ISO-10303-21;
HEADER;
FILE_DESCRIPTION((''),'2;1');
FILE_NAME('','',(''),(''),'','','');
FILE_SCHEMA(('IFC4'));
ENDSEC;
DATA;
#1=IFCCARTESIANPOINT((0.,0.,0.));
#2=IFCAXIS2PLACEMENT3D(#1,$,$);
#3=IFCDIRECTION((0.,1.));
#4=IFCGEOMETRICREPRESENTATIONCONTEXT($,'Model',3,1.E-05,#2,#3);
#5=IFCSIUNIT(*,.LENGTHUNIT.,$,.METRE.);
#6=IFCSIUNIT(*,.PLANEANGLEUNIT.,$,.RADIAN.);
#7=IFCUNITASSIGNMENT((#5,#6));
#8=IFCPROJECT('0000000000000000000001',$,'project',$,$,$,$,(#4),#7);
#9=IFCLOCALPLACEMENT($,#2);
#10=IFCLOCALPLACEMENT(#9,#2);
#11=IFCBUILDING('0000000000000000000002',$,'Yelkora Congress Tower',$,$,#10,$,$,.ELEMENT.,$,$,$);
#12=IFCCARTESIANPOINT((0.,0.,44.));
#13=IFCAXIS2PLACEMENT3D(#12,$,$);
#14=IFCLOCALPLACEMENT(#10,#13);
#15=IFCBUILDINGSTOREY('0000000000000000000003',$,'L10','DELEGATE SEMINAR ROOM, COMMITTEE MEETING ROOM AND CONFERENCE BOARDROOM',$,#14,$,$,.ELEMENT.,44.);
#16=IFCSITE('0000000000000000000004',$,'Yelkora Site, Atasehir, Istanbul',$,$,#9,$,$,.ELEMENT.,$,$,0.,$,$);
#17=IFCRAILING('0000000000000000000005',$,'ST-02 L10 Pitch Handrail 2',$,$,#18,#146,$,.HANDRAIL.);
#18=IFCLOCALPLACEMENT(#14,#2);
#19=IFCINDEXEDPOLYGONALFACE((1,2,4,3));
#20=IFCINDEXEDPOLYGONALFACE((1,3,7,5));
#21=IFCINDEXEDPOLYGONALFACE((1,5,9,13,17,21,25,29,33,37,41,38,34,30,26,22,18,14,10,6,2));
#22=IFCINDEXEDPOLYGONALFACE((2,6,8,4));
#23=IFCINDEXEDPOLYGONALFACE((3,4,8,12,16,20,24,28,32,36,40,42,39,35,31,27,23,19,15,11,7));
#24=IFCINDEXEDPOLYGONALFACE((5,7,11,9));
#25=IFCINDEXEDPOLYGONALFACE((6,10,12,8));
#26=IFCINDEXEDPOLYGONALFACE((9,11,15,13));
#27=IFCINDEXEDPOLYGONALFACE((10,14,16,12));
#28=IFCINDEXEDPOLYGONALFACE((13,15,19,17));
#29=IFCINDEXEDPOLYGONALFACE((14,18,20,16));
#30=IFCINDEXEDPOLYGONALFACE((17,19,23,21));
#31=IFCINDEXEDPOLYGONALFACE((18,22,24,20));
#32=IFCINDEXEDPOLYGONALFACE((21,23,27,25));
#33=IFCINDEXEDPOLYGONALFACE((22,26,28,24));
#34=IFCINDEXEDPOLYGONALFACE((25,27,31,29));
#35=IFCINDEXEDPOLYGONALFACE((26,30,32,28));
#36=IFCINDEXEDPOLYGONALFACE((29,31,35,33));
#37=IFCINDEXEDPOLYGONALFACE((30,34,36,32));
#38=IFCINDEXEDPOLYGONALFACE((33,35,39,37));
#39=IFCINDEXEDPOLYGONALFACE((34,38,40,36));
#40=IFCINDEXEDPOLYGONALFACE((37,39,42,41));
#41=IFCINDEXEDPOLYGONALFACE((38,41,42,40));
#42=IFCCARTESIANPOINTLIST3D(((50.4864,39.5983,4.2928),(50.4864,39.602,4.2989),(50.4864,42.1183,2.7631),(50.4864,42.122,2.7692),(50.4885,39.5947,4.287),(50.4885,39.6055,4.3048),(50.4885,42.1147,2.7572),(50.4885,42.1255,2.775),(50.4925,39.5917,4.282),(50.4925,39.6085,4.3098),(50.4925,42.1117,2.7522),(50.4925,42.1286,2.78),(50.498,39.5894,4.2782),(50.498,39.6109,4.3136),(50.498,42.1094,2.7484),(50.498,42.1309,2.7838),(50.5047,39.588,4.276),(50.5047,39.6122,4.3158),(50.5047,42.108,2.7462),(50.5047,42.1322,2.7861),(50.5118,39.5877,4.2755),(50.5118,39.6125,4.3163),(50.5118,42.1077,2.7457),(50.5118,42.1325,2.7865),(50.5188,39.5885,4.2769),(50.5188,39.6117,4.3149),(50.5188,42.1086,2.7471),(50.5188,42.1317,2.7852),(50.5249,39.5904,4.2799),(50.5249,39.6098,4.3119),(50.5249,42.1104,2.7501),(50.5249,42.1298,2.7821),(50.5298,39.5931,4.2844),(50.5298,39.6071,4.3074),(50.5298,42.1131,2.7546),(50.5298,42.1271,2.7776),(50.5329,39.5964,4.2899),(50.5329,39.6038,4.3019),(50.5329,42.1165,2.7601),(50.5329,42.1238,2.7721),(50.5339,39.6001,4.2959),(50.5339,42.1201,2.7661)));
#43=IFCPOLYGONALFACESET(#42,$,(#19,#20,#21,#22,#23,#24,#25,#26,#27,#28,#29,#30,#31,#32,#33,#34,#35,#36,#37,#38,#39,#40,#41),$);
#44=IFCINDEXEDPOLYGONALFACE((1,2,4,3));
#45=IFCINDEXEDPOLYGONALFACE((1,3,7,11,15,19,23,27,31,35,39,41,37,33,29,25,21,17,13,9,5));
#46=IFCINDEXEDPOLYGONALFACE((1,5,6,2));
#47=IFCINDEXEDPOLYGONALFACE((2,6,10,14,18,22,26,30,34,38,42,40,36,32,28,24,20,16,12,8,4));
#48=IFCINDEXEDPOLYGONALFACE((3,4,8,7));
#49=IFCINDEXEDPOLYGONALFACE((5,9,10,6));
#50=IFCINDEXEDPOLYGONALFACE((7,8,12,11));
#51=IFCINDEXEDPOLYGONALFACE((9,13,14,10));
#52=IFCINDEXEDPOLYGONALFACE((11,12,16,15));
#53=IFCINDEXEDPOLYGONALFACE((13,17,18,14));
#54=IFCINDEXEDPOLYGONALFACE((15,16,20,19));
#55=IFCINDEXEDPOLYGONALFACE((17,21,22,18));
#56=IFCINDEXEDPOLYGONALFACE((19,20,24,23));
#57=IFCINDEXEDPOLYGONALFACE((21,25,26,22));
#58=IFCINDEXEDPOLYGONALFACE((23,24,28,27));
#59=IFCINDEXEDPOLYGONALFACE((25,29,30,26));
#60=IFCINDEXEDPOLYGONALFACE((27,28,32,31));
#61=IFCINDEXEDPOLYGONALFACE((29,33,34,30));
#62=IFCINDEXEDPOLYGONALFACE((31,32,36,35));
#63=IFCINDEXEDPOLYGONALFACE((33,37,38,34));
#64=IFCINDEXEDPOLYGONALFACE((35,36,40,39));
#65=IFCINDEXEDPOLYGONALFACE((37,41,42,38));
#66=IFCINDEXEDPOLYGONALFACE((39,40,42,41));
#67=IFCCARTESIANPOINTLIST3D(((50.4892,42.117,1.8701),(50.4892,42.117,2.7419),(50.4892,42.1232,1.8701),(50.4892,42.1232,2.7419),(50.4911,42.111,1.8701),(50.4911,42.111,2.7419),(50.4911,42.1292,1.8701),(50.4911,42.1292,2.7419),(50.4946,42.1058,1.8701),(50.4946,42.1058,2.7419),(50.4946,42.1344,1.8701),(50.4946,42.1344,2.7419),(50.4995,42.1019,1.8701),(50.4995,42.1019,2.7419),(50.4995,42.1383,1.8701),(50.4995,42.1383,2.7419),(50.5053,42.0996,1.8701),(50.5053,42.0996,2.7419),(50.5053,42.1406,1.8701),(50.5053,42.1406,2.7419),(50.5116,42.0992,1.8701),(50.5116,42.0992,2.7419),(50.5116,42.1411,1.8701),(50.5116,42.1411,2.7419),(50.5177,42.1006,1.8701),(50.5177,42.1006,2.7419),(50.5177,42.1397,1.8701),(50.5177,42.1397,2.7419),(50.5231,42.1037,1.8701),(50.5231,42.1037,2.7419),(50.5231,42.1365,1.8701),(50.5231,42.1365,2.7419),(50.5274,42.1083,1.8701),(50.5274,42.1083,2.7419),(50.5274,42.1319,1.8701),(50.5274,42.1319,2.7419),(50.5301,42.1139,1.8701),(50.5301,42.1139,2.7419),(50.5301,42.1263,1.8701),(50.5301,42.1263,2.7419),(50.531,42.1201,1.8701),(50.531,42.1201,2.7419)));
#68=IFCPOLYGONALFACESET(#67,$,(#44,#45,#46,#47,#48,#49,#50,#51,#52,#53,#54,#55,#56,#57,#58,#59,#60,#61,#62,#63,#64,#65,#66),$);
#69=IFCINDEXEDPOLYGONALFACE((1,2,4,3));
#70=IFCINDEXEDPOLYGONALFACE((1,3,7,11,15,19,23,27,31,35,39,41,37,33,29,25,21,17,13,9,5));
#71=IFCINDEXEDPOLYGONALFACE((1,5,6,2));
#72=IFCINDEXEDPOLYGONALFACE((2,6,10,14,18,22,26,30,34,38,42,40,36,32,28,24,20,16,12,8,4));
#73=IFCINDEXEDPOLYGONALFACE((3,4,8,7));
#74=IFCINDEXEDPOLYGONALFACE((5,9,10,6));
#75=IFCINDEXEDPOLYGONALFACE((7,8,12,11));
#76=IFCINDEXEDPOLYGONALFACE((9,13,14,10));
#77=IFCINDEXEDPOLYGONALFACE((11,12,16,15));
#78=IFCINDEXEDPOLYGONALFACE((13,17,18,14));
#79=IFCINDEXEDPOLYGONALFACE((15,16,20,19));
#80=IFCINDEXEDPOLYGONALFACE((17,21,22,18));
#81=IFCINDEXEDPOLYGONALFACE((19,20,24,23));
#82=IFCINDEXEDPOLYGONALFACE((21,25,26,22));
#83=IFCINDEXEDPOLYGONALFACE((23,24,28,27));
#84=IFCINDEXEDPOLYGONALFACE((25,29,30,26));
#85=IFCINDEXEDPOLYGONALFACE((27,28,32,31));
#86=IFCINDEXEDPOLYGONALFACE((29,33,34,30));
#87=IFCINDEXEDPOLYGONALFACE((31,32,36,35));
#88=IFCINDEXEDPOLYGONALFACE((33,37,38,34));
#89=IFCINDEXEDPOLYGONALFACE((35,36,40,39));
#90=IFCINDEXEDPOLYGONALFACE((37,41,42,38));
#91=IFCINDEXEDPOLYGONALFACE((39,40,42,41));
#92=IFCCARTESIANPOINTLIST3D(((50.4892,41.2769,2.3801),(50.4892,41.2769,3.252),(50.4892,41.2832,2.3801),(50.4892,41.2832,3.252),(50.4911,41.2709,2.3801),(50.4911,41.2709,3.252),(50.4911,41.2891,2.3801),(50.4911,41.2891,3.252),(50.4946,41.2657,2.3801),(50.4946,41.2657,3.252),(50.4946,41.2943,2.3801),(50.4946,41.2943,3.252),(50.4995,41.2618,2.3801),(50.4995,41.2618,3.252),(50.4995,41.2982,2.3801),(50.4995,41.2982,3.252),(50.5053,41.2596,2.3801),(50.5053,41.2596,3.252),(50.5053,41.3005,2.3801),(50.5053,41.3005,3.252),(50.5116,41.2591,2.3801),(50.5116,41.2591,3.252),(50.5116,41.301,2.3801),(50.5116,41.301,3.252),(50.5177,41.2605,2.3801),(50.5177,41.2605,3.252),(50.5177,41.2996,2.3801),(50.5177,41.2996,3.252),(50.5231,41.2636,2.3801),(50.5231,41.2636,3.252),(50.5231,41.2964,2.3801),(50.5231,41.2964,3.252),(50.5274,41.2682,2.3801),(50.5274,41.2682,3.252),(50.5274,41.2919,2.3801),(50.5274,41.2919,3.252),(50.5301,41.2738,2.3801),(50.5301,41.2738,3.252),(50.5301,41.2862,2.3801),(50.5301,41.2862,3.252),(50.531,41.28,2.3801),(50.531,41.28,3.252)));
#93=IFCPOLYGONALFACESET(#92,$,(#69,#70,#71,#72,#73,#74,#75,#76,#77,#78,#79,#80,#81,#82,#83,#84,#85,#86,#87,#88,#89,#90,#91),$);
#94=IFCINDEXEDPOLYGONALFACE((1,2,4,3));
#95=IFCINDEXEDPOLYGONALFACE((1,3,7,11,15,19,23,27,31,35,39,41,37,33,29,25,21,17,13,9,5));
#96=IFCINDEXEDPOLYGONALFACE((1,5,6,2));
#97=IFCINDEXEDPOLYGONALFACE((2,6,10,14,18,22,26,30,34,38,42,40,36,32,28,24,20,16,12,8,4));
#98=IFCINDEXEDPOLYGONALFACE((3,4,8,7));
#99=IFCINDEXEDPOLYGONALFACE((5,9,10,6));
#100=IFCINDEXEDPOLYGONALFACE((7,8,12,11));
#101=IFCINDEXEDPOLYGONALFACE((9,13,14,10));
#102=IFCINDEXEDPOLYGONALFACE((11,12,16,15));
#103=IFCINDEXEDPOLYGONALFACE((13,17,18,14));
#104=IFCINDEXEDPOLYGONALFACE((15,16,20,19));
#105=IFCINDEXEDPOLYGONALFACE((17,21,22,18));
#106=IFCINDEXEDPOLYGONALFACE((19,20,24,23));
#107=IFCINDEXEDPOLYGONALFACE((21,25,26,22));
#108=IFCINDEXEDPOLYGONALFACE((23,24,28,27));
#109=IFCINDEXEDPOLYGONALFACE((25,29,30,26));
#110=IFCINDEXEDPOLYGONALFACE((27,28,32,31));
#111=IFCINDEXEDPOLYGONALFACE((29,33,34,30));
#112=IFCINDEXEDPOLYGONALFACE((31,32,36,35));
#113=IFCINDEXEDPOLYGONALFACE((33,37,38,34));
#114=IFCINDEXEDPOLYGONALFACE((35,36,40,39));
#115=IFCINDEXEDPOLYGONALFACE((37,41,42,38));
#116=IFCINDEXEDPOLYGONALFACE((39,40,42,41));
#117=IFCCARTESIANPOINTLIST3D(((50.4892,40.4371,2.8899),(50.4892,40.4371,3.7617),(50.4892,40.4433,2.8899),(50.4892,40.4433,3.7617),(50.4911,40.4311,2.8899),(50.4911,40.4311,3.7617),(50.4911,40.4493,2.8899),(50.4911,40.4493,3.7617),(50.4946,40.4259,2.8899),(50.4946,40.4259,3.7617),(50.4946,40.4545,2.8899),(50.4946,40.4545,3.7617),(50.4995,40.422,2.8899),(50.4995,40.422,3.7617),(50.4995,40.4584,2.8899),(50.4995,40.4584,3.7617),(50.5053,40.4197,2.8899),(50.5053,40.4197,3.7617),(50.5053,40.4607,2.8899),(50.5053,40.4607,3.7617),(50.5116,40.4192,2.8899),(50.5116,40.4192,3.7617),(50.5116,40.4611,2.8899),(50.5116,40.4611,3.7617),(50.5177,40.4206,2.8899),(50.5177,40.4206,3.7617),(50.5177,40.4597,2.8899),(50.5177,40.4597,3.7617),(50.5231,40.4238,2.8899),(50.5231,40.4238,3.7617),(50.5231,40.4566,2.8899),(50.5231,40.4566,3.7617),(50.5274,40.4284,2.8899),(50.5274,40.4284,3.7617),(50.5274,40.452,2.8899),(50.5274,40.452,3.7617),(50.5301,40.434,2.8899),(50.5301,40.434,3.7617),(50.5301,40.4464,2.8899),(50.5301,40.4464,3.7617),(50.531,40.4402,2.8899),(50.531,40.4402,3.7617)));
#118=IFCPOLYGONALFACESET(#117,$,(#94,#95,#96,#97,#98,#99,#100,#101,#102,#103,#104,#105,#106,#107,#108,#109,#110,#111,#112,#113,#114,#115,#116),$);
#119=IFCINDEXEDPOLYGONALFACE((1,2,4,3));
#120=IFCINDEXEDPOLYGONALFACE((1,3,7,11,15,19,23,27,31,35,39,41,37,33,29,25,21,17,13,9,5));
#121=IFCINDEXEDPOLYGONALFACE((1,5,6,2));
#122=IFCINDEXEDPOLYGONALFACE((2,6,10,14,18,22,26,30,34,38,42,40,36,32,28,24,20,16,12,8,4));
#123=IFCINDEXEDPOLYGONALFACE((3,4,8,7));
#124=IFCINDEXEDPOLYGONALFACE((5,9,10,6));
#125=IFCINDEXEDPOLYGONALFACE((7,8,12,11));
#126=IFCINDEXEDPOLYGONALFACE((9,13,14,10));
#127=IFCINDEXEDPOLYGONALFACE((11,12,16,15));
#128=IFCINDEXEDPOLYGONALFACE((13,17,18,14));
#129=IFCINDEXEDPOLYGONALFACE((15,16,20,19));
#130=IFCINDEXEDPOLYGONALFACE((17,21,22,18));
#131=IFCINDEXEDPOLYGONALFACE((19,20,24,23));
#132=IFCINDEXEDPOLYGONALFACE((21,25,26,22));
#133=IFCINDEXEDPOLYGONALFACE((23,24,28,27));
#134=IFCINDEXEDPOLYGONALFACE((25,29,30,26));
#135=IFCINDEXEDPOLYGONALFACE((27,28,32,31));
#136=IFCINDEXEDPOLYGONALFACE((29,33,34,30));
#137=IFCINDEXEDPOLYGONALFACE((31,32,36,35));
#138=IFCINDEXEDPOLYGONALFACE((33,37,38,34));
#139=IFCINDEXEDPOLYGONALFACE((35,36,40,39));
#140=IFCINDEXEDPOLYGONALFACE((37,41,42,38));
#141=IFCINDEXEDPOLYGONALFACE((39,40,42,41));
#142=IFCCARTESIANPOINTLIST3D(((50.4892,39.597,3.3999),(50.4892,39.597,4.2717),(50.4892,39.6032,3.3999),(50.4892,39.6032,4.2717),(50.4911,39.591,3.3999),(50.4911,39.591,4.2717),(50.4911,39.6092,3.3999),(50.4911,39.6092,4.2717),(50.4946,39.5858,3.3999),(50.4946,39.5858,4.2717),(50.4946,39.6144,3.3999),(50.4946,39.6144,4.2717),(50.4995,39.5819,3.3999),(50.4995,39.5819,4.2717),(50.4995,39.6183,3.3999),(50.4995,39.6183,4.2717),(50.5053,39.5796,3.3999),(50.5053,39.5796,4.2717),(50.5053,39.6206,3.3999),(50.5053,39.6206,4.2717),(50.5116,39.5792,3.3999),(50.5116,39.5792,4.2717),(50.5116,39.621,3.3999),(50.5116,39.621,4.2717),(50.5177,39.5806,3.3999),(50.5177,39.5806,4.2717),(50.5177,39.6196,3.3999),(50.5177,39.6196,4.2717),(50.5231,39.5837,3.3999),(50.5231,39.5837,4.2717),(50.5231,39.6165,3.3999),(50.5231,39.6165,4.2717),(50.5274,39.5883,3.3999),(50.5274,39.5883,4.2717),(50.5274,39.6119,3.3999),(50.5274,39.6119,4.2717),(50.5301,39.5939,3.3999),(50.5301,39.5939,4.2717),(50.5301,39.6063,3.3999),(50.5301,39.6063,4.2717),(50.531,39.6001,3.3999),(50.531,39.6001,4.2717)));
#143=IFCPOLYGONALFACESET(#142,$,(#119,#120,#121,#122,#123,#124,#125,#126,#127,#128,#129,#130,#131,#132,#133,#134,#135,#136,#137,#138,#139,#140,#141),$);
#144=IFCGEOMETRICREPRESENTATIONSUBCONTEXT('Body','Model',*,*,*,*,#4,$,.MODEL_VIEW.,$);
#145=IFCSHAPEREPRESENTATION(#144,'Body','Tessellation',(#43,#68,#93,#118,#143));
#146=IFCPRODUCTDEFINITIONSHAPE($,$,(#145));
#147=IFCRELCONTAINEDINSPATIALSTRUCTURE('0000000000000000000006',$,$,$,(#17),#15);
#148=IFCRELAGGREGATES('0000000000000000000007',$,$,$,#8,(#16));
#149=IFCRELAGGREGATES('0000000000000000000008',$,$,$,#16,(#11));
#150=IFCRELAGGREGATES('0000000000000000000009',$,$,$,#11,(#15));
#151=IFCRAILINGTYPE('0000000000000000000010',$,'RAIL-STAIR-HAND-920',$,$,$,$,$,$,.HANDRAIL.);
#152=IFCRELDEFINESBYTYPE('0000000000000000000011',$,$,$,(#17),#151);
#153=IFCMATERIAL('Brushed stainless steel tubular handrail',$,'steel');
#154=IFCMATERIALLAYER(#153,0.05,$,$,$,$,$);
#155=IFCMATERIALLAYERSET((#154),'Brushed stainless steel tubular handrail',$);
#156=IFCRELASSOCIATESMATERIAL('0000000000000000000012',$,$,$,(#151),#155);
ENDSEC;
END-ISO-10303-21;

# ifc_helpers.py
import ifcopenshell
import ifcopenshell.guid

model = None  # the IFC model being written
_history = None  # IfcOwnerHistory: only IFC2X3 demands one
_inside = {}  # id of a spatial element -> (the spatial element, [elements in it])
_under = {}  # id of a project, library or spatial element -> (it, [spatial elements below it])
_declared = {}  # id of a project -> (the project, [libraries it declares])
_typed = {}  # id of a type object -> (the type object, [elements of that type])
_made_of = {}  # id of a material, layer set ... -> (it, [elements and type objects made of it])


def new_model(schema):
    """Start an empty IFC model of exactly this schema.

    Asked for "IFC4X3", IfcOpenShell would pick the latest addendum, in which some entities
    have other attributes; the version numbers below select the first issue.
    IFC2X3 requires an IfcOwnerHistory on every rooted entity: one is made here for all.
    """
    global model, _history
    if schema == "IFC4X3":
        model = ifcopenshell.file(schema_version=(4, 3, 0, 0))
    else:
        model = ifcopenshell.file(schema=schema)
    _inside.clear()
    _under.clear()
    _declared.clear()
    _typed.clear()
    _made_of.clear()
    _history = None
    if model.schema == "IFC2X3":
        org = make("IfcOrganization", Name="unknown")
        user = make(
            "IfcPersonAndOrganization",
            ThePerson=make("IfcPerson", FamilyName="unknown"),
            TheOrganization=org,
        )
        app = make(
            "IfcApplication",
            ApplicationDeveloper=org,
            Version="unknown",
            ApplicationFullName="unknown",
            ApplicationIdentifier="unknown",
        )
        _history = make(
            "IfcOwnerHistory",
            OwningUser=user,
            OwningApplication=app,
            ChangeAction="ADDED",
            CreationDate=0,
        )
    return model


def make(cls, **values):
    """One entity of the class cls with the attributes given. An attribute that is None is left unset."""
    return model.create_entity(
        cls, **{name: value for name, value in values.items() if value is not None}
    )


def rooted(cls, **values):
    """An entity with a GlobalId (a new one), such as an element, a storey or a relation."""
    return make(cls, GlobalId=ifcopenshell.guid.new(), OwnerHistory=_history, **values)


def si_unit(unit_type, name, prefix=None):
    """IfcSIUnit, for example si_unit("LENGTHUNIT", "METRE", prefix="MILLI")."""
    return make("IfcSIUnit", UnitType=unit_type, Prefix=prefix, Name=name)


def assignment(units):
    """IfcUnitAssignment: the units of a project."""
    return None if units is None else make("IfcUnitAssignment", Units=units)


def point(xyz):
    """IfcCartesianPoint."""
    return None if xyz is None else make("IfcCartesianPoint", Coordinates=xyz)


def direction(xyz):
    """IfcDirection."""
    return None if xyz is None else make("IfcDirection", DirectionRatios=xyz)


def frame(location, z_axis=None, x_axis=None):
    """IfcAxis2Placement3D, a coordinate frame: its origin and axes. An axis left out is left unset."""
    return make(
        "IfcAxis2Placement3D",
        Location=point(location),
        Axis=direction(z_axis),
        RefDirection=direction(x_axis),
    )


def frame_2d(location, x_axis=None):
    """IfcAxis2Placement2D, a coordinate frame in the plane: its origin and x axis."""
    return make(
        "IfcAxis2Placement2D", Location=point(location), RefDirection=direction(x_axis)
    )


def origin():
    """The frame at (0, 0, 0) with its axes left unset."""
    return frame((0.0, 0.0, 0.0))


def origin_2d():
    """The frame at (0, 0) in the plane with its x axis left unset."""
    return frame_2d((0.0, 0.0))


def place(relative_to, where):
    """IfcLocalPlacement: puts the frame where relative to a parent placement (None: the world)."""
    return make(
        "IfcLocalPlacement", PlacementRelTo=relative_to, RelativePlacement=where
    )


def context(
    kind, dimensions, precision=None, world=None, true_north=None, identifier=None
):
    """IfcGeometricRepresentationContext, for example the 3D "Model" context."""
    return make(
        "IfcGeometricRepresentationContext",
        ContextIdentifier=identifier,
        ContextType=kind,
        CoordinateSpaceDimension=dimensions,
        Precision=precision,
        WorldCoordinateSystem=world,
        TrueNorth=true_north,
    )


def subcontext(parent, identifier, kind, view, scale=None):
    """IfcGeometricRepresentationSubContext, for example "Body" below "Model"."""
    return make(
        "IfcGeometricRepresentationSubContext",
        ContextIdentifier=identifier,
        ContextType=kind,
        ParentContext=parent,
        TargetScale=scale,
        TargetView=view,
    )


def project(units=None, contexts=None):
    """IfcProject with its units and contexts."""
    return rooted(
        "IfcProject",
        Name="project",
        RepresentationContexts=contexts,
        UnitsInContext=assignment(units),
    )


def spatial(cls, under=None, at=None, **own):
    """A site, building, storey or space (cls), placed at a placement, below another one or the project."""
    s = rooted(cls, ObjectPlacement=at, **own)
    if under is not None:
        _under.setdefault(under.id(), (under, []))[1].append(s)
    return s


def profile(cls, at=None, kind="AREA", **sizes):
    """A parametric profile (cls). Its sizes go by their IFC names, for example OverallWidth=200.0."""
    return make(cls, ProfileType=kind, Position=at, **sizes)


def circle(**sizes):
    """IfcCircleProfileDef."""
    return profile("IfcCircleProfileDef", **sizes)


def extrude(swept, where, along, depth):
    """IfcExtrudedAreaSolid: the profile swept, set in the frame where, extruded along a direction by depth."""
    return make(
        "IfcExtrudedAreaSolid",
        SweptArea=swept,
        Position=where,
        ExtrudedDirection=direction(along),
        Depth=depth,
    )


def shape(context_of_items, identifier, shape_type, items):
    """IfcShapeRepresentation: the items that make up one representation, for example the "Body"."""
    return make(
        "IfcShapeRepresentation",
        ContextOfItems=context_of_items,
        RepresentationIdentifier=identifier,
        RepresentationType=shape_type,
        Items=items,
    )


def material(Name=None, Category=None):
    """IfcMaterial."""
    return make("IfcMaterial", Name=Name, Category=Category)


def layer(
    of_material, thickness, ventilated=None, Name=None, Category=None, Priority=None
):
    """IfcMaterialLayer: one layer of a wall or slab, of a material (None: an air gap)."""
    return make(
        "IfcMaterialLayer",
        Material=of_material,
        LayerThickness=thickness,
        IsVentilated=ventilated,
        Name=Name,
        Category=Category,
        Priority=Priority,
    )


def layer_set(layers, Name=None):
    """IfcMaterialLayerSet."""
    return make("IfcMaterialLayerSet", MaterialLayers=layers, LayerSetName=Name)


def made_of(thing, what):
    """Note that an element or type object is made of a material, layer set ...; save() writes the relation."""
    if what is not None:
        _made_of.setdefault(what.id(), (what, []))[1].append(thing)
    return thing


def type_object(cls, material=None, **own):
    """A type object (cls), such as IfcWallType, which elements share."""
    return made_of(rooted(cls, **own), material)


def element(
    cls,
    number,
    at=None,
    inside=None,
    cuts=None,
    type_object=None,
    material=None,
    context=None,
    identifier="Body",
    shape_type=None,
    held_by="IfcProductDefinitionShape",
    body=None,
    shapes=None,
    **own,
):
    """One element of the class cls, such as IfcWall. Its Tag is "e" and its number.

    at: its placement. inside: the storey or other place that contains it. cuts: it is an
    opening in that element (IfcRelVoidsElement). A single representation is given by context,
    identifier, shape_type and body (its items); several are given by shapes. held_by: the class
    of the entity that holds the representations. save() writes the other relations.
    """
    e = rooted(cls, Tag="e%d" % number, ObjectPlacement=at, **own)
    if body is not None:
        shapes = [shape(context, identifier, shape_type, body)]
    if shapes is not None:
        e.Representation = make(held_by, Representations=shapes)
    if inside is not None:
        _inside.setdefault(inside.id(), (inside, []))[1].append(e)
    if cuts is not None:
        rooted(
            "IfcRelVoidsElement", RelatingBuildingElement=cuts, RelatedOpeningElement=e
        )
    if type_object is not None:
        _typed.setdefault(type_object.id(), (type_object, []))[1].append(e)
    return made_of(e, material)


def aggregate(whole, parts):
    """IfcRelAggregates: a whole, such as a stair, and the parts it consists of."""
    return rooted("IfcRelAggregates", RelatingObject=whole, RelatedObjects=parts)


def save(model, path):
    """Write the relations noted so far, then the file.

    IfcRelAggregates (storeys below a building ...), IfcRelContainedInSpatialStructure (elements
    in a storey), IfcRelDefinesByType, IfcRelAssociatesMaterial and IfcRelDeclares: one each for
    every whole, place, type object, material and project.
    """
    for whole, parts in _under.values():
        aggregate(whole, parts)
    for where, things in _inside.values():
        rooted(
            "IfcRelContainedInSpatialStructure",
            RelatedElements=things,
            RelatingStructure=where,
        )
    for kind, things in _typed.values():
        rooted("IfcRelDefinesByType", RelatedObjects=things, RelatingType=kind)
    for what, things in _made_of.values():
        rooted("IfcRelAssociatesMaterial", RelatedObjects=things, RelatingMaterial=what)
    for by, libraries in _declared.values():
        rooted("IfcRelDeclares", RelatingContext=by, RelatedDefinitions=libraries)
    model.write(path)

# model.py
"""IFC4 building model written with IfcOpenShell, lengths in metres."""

from ifc_helpers import new_model, si_unit, direction, frame, origin, origin_2d, place, context, subcontext, project, spatial, circle, extrude, material, layer, layer_set, type_object, element, save


model = new_model("IFC4")

# Units and contexts
model_context = context("Model", 3, precision=1e-05, world=origin(), true_north=direction((0.0, 1.0)))
body_context = subcontext(model_context, "Body", "Model", "MODEL_VIEW")
ifc_project = project(units=[si_unit("LENGTHUNIT", "METRE"), si_unit("PLANEANGLEUNIT", "RADIAN")], contexts=[model_context])

# Site, building, storey
site_placement = place(None, origin())
site = spatial("IfcSite", under=ifc_project, at=site_placement, Name="Yelkora Site, Atasehir, Istanbul", CompositionType="ELEMENT", RefElevation=0.0)
building_placement = place(site_placement, origin())
building = spatial("IfcBuilding", under=site, at=building_placement, Name="Yelkora Congress Tower", CompositionType="ELEMENT")
storey_placement = place(building_placement, frame((0.0, 0.0, 44.0)))
storey = spatial("IfcBuildingStorey", under=building, at=storey_placement, Name="L10", Description="DELEGATE SEMINAR ROOM, COMMITTEE MEETING ROOM AND CONFERENCE BOARDROOM", CompositionType="ELEMENT", Elevation=44.0)

# Railing
ifc_material_1 = material(Name="Brushed stainless steel tubular handrail", Category="steel")
ifc_layer_1 = layer(ifc_material_1, 0.05)
ifc_layer_set_1 = layer_set([ifc_layer_1], Name="Brushed stainless steel tubular handrail")
railing_type_1 = type_object("IfcRailingType", Name="RAIL-STAIR-HAND-920", PredefinedType="HANDRAIL", material=ifc_layer_set_1)
railing_1_placement = place(storey_placement, frame((50.51, 42.1201, 1.8701)))
element("IfcRailing", 1, at=railing_1_placement, inside=storey, type_object=railing_type_1, Name="ST-02 L10 Pitch Handrail 2", PredefinedType="HANDRAIL", context=body_context, shape_type="SweptSolid", body=[
    extrude(circle(Radius=0.0239, at=origin_2d()), frame((0.0, 0.0, 0.896), z_axis=(0.0, -0.854822, 0.518922), x_axis=(1.0, 0.0, 0.0)), (0.0, 0.0, 1.0), 2.948),
    extrude(circle(Radius=0.021, at=origin_2d()), origin(), (0.0, 0.0, 1.0), 0.8718),
    extrude(circle(Radius=0.021, at=origin_2d()), frame((0.0, -0.8401, 0.51)), (0.0, 0.0, 1.0), 0.8718),
    extrude(circle(Radius=0.021, at=origin_2d()), frame((0.0, -1.6799, 1.0198)), (0.0, 0.0, 1.0), 0.8718),
    extrude(circle(Radius=0.021, at=origin_2d()), frame((0.0, -2.52, 1.5298)), (0.0, 0.0, 1.0), 0.8718),
])

save(model, "model.ifc")
